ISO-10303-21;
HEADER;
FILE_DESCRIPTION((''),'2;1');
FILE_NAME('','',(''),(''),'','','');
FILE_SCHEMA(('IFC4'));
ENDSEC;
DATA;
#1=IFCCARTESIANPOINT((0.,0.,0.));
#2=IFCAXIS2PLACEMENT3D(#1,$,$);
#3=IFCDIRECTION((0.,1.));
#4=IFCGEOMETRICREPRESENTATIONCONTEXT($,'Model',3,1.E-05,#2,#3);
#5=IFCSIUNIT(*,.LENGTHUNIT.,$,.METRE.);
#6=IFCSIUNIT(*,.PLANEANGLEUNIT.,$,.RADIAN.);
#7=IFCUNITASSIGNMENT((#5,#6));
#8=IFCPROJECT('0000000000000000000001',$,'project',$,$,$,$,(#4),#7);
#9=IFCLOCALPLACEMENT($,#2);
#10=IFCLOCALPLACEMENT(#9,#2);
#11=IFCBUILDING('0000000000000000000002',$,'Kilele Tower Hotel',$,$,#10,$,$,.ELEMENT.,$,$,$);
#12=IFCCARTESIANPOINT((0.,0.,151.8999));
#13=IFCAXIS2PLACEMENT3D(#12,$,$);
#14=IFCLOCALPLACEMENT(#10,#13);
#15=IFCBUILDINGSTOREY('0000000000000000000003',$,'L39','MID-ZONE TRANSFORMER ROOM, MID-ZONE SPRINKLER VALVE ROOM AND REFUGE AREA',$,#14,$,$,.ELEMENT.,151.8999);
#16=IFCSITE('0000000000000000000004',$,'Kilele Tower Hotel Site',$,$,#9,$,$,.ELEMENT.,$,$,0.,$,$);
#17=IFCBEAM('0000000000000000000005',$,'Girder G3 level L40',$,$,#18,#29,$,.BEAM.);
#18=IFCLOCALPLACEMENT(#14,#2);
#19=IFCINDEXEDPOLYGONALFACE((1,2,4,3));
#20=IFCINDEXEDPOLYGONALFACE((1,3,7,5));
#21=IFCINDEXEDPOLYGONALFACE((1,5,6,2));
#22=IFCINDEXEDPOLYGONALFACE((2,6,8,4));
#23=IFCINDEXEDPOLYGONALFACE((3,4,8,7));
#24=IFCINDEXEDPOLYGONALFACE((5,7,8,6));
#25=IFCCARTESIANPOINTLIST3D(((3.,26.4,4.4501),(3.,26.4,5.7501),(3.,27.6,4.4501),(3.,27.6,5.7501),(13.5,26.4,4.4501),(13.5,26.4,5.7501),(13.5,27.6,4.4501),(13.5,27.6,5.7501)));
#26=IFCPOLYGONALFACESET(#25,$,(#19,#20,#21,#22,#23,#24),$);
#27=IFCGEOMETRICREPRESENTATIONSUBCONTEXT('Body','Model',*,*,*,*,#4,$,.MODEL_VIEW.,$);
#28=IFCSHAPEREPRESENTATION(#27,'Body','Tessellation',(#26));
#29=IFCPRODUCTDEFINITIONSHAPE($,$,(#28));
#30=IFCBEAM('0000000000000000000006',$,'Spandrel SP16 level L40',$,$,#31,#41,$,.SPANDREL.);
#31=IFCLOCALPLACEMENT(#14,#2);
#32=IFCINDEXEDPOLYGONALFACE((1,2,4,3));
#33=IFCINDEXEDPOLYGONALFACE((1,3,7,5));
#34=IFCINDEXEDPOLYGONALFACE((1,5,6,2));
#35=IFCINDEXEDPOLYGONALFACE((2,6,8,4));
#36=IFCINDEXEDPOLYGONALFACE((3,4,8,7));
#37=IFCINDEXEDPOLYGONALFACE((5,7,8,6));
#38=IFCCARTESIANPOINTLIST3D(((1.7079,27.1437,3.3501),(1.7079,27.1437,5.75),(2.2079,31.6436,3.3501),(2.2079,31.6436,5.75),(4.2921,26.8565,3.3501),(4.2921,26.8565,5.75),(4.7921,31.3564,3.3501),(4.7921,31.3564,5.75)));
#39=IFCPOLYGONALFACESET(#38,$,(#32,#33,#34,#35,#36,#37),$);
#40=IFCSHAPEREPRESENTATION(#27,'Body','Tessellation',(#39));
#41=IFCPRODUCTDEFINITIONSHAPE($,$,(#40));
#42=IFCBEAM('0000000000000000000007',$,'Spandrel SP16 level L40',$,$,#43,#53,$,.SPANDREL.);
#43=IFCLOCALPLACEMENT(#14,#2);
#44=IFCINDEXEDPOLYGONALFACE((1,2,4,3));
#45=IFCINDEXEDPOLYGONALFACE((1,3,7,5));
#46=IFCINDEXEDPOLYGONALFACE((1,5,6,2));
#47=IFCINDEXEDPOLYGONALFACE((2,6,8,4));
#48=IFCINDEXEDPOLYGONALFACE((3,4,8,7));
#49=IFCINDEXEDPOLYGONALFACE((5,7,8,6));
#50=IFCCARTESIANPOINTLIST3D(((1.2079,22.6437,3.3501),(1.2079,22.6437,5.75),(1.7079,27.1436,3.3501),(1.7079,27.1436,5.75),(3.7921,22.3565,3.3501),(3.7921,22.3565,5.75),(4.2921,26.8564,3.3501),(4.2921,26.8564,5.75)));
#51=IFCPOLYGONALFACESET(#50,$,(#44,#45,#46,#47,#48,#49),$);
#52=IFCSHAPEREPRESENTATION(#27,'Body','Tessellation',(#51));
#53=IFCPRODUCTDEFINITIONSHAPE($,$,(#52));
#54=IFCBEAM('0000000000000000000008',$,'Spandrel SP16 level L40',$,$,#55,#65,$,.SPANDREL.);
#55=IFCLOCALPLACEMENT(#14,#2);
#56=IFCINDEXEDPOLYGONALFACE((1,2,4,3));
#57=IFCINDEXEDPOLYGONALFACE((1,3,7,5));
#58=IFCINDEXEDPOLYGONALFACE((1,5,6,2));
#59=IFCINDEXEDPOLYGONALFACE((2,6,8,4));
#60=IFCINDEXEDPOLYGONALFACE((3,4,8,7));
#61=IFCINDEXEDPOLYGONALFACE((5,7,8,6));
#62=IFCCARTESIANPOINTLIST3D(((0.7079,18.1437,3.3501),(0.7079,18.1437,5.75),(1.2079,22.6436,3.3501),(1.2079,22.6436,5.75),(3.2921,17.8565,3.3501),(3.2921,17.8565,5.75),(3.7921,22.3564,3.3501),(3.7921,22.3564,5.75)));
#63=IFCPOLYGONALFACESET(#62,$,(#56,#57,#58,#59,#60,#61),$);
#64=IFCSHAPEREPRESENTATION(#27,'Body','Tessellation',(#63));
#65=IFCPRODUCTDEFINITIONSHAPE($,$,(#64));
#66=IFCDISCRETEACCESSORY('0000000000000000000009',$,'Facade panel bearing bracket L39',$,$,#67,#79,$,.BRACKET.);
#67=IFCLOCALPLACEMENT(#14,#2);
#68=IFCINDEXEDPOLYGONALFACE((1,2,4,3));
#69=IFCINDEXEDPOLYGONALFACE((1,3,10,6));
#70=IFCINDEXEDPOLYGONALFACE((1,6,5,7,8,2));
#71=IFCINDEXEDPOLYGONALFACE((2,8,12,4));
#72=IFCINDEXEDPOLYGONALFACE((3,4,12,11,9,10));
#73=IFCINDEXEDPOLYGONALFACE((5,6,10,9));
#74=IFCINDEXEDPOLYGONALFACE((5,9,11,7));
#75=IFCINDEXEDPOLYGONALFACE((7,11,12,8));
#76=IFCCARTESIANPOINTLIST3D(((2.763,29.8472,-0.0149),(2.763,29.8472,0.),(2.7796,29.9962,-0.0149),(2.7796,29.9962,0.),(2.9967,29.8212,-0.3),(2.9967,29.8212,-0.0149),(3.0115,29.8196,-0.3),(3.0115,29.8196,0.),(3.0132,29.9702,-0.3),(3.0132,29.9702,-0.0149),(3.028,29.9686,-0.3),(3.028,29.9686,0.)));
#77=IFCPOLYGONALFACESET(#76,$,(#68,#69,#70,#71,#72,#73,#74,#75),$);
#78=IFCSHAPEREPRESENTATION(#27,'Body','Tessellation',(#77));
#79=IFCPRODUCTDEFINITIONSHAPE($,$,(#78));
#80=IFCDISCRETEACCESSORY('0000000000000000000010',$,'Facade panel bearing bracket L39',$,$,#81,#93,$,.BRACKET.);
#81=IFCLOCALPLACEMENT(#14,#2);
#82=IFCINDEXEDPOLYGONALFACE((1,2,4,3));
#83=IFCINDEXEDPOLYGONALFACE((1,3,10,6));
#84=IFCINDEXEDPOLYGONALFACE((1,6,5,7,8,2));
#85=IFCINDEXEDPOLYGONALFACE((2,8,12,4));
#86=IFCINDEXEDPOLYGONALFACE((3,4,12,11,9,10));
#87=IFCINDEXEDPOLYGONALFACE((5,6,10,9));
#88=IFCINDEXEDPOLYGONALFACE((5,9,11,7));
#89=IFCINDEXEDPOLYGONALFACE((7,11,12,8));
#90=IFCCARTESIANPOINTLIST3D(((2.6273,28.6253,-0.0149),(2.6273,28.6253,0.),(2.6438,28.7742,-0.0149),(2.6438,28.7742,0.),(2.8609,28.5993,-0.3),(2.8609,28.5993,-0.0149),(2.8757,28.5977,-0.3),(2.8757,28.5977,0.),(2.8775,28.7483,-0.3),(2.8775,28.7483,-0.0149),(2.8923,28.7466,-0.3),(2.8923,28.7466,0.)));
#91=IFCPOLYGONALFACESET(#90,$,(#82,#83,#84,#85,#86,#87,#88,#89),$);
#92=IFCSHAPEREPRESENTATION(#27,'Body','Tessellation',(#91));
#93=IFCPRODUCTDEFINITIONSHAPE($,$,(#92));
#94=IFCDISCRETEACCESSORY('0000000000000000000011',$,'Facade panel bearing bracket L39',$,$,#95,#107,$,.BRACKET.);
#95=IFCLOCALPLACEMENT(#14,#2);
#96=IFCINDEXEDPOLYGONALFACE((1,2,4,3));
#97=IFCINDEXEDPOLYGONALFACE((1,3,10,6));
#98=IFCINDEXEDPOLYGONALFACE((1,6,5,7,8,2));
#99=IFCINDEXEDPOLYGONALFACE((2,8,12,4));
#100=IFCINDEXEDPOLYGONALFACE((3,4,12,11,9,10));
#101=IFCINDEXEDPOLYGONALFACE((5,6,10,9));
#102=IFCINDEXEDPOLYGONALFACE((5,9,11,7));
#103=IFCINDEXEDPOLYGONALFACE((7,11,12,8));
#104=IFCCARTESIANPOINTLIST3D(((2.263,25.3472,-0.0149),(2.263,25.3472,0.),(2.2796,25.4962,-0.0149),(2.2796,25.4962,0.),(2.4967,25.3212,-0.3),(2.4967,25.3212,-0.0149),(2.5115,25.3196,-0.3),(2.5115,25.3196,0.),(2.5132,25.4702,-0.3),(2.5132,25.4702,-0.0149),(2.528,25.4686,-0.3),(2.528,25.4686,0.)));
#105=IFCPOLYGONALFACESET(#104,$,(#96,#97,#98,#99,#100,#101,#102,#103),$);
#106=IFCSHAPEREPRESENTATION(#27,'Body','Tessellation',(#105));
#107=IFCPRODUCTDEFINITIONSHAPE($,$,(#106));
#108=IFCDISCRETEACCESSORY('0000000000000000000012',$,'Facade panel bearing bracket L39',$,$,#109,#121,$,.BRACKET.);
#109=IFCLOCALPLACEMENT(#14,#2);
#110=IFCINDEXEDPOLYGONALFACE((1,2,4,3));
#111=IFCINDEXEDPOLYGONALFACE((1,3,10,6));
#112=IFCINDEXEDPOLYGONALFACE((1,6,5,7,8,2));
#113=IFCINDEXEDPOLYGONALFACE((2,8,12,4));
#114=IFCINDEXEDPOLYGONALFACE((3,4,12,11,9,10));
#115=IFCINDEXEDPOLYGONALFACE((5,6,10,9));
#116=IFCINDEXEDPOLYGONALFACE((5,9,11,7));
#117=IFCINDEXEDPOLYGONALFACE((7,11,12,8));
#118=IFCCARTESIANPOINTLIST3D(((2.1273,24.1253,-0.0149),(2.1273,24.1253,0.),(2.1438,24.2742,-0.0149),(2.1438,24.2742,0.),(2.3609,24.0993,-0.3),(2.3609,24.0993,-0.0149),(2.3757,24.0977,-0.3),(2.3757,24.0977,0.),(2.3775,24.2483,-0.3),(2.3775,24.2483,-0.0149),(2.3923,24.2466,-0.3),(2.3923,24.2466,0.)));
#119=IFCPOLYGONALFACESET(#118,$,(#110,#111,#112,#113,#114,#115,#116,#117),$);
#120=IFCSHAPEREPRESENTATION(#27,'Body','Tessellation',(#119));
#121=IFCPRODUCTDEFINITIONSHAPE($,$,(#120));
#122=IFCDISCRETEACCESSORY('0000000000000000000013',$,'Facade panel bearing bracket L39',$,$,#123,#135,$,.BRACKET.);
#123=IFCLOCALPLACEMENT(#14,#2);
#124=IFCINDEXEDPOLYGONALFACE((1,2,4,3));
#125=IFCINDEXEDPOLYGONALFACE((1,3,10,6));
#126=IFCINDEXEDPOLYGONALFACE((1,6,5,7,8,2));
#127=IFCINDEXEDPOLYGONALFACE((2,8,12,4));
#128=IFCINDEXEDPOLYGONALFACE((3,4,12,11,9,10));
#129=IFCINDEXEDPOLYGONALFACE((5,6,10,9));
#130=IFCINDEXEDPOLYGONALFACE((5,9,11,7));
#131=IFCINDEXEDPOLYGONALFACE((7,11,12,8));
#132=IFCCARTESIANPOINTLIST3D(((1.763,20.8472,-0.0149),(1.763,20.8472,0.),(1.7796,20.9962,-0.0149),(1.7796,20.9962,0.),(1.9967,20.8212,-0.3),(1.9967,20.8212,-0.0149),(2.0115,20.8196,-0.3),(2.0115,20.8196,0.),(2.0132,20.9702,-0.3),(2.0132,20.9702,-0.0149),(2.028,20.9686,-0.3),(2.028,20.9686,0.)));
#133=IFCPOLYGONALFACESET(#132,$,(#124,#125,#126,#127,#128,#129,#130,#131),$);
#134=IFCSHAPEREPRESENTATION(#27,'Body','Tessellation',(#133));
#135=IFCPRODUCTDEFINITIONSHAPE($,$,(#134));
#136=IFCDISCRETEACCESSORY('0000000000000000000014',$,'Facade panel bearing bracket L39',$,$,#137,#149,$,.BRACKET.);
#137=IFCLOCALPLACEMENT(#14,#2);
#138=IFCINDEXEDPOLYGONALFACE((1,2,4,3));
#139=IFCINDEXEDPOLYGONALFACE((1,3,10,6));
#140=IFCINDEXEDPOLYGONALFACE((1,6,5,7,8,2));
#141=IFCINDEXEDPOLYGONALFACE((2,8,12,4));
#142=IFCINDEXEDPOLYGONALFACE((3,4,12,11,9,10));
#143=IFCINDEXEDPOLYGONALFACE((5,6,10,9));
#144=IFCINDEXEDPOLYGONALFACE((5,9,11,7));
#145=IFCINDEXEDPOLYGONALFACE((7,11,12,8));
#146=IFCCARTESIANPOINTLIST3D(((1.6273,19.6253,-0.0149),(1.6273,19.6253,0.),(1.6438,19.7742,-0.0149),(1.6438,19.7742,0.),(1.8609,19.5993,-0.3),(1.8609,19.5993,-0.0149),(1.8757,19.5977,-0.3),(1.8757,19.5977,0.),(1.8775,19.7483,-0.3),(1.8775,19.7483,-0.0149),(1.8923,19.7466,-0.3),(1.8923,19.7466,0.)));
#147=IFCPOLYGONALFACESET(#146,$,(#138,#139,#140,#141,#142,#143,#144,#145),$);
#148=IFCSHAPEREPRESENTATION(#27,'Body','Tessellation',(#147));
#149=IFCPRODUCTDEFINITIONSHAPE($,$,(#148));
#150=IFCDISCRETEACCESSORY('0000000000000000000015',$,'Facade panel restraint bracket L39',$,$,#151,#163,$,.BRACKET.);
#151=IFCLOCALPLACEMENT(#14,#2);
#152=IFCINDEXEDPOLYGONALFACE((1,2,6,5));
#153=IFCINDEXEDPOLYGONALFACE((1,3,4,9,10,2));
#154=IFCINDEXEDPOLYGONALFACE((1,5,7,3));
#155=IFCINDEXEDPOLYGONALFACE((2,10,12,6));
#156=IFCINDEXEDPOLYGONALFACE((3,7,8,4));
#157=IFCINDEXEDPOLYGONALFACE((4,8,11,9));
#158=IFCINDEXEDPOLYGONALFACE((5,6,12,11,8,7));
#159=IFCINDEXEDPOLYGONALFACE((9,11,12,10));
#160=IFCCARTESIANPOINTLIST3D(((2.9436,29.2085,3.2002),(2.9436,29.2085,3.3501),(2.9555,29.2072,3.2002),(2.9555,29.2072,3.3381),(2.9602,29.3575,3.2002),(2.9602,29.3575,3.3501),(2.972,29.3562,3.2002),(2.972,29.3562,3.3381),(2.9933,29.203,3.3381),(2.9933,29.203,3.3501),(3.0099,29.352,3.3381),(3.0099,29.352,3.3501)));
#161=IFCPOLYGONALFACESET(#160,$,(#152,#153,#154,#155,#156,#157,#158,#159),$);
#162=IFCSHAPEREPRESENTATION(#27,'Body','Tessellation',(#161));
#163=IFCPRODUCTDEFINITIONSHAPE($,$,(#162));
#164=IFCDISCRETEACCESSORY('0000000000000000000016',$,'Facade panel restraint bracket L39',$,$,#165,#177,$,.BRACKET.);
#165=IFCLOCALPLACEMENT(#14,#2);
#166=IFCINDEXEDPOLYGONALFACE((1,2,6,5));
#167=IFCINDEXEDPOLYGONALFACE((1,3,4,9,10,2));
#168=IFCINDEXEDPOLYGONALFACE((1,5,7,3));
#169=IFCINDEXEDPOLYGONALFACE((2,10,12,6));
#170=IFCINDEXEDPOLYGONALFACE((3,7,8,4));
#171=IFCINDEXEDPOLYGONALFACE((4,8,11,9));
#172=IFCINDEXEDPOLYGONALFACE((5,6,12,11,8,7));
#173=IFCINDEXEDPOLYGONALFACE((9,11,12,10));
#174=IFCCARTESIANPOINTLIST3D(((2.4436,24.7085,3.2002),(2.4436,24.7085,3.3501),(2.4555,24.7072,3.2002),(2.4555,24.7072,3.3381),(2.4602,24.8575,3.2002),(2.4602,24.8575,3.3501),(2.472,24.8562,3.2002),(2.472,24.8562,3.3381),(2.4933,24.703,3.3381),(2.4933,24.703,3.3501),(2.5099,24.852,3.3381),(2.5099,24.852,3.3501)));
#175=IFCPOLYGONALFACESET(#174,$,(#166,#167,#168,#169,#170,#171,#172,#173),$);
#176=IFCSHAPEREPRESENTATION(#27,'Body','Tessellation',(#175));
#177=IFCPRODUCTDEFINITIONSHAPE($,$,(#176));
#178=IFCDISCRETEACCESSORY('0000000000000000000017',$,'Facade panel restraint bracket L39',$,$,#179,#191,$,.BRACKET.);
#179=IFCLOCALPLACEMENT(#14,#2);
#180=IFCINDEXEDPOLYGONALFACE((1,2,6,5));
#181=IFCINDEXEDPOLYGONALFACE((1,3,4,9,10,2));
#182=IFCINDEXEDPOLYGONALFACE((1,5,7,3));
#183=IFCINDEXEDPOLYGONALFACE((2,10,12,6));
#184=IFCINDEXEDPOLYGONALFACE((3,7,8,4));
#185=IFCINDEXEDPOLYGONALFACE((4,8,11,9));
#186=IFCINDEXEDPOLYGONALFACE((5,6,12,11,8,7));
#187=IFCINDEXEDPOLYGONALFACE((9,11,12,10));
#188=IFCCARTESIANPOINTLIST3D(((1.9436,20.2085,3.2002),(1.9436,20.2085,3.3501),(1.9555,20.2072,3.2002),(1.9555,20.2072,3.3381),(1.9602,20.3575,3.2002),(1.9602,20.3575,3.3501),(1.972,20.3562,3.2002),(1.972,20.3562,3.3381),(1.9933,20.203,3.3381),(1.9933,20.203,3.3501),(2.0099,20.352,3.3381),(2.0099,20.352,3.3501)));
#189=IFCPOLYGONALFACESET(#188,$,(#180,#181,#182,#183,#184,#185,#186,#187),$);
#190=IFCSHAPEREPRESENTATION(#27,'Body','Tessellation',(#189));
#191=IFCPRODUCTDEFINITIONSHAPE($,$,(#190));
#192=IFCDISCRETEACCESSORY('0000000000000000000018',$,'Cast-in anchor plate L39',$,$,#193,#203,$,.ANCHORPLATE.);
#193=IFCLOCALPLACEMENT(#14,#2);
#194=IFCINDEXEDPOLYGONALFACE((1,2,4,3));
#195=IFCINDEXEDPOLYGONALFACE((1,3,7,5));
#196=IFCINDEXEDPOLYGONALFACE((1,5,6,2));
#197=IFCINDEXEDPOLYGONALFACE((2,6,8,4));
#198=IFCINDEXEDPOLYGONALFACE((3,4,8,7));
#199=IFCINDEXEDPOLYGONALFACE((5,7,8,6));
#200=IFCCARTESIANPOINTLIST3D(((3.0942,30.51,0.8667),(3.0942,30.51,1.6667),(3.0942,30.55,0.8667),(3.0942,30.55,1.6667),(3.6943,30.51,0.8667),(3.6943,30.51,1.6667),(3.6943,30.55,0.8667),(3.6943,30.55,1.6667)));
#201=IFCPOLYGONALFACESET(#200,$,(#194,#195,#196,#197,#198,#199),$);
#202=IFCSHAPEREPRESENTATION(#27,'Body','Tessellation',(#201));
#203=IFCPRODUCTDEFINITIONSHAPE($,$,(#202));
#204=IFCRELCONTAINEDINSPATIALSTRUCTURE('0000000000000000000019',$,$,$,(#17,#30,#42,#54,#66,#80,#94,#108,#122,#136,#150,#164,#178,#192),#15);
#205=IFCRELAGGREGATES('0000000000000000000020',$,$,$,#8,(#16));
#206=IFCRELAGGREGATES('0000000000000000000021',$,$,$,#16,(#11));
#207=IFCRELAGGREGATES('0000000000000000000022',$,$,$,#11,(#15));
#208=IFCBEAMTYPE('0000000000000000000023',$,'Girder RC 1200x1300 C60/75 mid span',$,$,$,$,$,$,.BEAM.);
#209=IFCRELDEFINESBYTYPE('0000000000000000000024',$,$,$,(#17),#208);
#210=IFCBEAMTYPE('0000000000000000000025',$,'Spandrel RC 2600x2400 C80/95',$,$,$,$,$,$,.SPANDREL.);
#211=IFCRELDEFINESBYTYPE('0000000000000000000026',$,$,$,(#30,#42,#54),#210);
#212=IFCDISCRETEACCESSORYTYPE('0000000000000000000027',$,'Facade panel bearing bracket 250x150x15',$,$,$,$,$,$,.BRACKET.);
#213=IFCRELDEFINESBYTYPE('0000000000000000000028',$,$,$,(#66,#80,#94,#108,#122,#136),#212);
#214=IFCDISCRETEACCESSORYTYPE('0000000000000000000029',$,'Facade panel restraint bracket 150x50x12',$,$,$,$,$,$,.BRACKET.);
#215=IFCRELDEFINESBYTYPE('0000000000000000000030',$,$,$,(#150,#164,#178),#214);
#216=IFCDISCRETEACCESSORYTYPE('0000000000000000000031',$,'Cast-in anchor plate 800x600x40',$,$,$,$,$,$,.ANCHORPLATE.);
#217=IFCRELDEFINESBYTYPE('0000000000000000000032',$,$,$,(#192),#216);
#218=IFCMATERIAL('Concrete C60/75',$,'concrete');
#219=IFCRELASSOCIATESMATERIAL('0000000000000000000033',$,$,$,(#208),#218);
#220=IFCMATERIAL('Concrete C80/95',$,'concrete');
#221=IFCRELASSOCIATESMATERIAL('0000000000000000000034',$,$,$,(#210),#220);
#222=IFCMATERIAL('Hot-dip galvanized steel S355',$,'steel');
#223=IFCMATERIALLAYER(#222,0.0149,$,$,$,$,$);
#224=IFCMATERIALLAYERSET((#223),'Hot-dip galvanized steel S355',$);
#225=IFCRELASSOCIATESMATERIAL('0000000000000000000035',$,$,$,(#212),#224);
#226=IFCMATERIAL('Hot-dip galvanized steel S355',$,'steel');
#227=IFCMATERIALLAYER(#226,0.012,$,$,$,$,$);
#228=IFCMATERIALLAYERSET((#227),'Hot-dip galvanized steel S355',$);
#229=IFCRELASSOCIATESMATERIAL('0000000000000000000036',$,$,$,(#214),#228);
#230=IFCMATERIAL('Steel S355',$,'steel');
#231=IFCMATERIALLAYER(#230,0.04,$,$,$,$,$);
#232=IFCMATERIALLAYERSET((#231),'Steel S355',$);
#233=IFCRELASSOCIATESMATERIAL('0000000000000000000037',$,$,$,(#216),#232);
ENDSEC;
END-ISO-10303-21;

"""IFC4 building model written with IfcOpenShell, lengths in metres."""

from ifc_helpers import new_model, si_unit, direction, frame, origin, origin_2d, place, context, subcontext, project, spatial, polyline, rectangle, outline, extrude, source, transform, mapped, material, layer, layer_set, material_profile, profile_set, type_object, element, save


model = new_model("IFC4")

# Units and contexts
model_context = context("Model", 3, precision=1e-05, world=origin(), true_north=direction((0.0, 1.0)))
body_context = subcontext(model_context, "Body", "Model", "MODEL_VIEW")
ifc_project = project(units=[si_unit("LENGTHUNIT", "METRE"), si_unit("PLANEANGLEUNIT", "RADIAN")], contexts=[model_context])

# Site, building, storey
site_placement = place(None, origin())
site = spatial("IfcSite", under=ifc_project, at=site_placement, Name="Kilele Tower Hotel Site", CompositionType="ELEMENT", RefElevation=0.0)
building_placement = place(site_placement, origin())
building = spatial("IfcBuilding", under=site, at=building_placement, Name="Kilele Tower Hotel", CompositionType="ELEMENT")
storey_placement = place(building_placement, frame((0.0, 0.0, 151.8999)))
storey = spatial("IfcBuildingStorey", under=building, at=storey_placement, Name="L39", Description="MID-ZONE TRANSFORMER ROOM, MID-ZONE SPRINKLER VALVE ROOM AND REFUGE AREA", CompositionType="ELEMENT", Elevation=151.8999)

# Beams
ifc_material_1 = material(Name="Concrete C60/75", Category="concrete")
ifc_material_profile_1 = material_profile(ifc_material_1, rectangle(XDim=1.2, YDim=1.3, at=origin_2d()))
ifc_profile_set_1 = profile_set([ifc_material_profile_1], Name="Concrete C60/75")
beam_type_1 = type_object("IfcBeamType", Name="Girder RC 1200x1300 C60/75 mid span", PredefinedType="BEAM", material=ifc_profile_set_1)
beam_1_placement = place(storey_placement, frame((3.0, 27.0, 5.1001), z_axis=(1.0, 0.0, 0.0), x_axis=(0.0, 1.0, 0.0)))
element("IfcBeam", 1, at=beam_1_placement, inside=storey, type_object=beam_type_1, Name="Girder G3 level L40", PredefinedType="BEAM", context=body_context, shape_type="SweptSolid", body=[
    extrude(rectangle(XDim=1.2, YDim=1.3, at=origin_2d()), origin(), (0.0, 0.0, 1.0), 10.5),
])
ifc_material_2 = material(Name="Concrete C80/95", Category="concrete")
ifc_material_profile_2 = material_profile(ifc_material_2, rectangle(XDim=2.6001, YDim=2.3999, at=origin_2d()))
ifc_profile_set_2 = profile_set([ifc_material_profile_2], Name="Concrete C80/95")
beam_type_2 = type_object("IfcBeamType", Name="Spandrel RC 2600x2400 C80/95", PredefinedType="SPANDREL", material=ifc_profile_set_2)
for number, where, z_axis, x_axis, name in (
    (2, (3.5, 31.5, 4.55), (-0.110432, -0.993884, 0.0), (0.993884, -0.110432, 0.0), "Spandrel SP16 level L40"),
    (3, (3.0, 27.0, 4.55), (-0.110432, -0.993884, 0.0), (0.993884, -0.110432, 0.0), "Spandrel SP16 level L40"),
    (4, (2.5, 22.5, 4.55), (-0.110432, -0.993884, 0.0), (0.993884, -0.110432, 0.0), "Spandrel SP16 level L40"),
):
    element("IfcBeam", number, at=place(storey_placement, frame(where, z_axis=z_axis, x_axis=x_axis)), inside=storey, type_object=beam_type_2, Name=name, PredefinedType="SPANDREL", context=body_context, shape_type="SweptSolid", body=[
        extrude(rectangle(XDim=2.6001, YDim=2.3999, at=origin_2d()), origin(), (0.0, 0.0, 1.0), 4.5276),
    ])

# Discrete accessories
ifc_material_3 = material(Name="Hot-dip galvanized steel S355", Category="steel")
ifc_layer_1 = layer(ifc_material_3, 0.0149)
ifc_layer_set_1 = layer_set([ifc_layer_1], Name="Hot-dip galvanized steel S355")
discrete_accessory_type_1 = type_object("IfcDiscreteAccessoryType", Name="Facade panel bearing bracket 250x150x15", PredefinedType="BRACKET", material=ifc_layer_set_1)
shared_shape_1 = source(origin(), body_context, "Body", "SweptSolid", [
    extrude(outline(polyline([(0.0, 0.0), (0.25, 0.0), (0.25, -0.0149), (0.0149, -0.0149), (0.0149, -0.3), (0.0, -0.3), (0.0, 0.0)])), origin(), (0.0, 0.0, 1.0), 0.1499),
])
for number, where, z_axis, x_axis, name in (
    (5, (3.0115, 29.8196, 0.0), (0.110432, 0.993884, 0.0), (-0.993884, 0.110432, 0.0), "Facade panel bearing bracket L39"),
    (6, (2.8757, 28.5977, 0.0), (0.110432, 0.993884, 0.0), (-0.993884, 0.110432, 0.0), "Facade panel bearing bracket L39"),
    (7, (2.5115, 25.3196, 0.0), (0.110432, 0.993884, 0.0), (-0.993884, 0.110432, 0.0), "Facade panel bearing bracket L39"),
    (8, (2.3757, 24.0977, 0.0), (0.110432, 0.993884, 0.0), (-0.993884, 0.110432, 0.0), "Facade panel bearing bracket L39"),
    (9, (2.0115, 20.8196, 0.0), (0.110432, 0.993884, 0.0), (-0.993884, 0.110432, 0.0), "Facade panel bearing bracket L39"),
    (10, (1.8757, 19.5977, 0.0), (0.110432, 0.993884, 0.0), (-0.993884, 0.110432, 0.0), "Facade panel bearing bracket L39"),
):
    element("IfcDiscreteAccessory", number, at=place(storey_placement, frame(where, z_axis=z_axis, x_axis=x_axis)), inside=storey, type_object=discrete_accessory_type_1, Name=name, PredefinedType="BRACKET", context=body_context, shape_type="MappedRepresentation", body=[
        mapped(shared_shape_1, transform((0.0, 0.0, 0.0))),
    ])
ifc_material_4 = material(Name="Hot-dip galvanized steel S355", Category="steel")
ifc_layer_2 = layer(ifc_material_4, 0.012)
ifc_layer_set_2 = layer_set([ifc_layer_2], Name="Hot-dip galvanized steel S355")
discrete_accessory_type_2 = type_object("IfcDiscreteAccessoryType", Name="Facade panel restraint bracket 150x50x12", PredefinedType="BRACKET", material=ifc_layer_set_2)
shared_shape_2 = source(origin(), body_context, "Body", "SweptSolid", [
    extrude(outline(polyline([(0.0, 0.0), (0.0, -0.1499), (-0.012, -0.1499), (-0.012, -0.012), (-0.05, -0.012), (-0.05, 0.0), (0.0, 0.0)])), origin(), (0.0, 0.0, 1.0), 0.1499),
])
for number, where, z_axis, x_axis, name in (
    (11, (2.9436, 29.2085, 3.3501), (0.110432, 0.993884, 0.0), (-0.993884, 0.110432, 0.0), "Facade panel restraint bracket L39"),
    (12, (2.4436, 24.7085, 3.3501), (0.110432, 0.993884, 0.0), (-0.993884, 0.110432, 0.0), "Facade panel restraint bracket L39"),
    (13, (1.9436, 20.2085, 3.3501), (0.110432, 0.993884, 0.0), (-0.993884, 0.110432, 0.0), "Facade panel restraint bracket L39"),
):
    element("IfcDiscreteAccessory", number, at=place(storey_placement, frame(where, z_axis=z_axis, x_axis=x_axis)), inside=storey, type_object=discrete_accessory_type_2, Name=name, PredefinedType="BRACKET", context=body_context, shape_type="MappedRepresentation", body=[
        mapped(shared_shape_2, transform((0.0, 0.0, 0.0))),
    ])
ifc_material_5 = material(Name="Steel S355", Category="steel")
ifc_layer_3 = layer(ifc_material_5, 0.04)
ifc_layer_set_3 = layer_set([ifc_layer_3], Name="Steel S355")
discrete_accessory_type_3 = type_object("IfcDiscreteAccessoryType", Name="Cast-in anchor plate 800x600x40", PredefinedType="ANCHORPLATE", material=ifc_layer_set_3)
shared_shape_3 = source(origin(), body_context, "Body", "SweptSolid", [
    extrude(outline(polyline([(0.0, 0.0), (0.04, 0.0), (0.04, 0.8), (0.0, 0.8), (0.0, 0.0)])), origin(), (0.0, 0.0, 1.0), 0.6001),
])
for number, where, z_axis, x_axis, name in (
    (14, (3.6943, 30.55, 0.8667), (-1.0, 0.0, 0.0), (0.0, -1.0, 0.0), "Cast-in anchor plate L39"),
):
    element("IfcDiscreteAccessory", number, at=place(storey_placement, frame(where, z_axis=z_axis, x_axis=x_axis)), inside=storey, type_object=discrete_accessory_type_3, Name=name, PredefinedType="ANCHORPLATE", context=body_context, shape_type="MappedRepresentation", body=[
        mapped(shared_shape_3, transform((0.0, 0.0, 0.0))),
    ])

save(model, "model.ifc")
